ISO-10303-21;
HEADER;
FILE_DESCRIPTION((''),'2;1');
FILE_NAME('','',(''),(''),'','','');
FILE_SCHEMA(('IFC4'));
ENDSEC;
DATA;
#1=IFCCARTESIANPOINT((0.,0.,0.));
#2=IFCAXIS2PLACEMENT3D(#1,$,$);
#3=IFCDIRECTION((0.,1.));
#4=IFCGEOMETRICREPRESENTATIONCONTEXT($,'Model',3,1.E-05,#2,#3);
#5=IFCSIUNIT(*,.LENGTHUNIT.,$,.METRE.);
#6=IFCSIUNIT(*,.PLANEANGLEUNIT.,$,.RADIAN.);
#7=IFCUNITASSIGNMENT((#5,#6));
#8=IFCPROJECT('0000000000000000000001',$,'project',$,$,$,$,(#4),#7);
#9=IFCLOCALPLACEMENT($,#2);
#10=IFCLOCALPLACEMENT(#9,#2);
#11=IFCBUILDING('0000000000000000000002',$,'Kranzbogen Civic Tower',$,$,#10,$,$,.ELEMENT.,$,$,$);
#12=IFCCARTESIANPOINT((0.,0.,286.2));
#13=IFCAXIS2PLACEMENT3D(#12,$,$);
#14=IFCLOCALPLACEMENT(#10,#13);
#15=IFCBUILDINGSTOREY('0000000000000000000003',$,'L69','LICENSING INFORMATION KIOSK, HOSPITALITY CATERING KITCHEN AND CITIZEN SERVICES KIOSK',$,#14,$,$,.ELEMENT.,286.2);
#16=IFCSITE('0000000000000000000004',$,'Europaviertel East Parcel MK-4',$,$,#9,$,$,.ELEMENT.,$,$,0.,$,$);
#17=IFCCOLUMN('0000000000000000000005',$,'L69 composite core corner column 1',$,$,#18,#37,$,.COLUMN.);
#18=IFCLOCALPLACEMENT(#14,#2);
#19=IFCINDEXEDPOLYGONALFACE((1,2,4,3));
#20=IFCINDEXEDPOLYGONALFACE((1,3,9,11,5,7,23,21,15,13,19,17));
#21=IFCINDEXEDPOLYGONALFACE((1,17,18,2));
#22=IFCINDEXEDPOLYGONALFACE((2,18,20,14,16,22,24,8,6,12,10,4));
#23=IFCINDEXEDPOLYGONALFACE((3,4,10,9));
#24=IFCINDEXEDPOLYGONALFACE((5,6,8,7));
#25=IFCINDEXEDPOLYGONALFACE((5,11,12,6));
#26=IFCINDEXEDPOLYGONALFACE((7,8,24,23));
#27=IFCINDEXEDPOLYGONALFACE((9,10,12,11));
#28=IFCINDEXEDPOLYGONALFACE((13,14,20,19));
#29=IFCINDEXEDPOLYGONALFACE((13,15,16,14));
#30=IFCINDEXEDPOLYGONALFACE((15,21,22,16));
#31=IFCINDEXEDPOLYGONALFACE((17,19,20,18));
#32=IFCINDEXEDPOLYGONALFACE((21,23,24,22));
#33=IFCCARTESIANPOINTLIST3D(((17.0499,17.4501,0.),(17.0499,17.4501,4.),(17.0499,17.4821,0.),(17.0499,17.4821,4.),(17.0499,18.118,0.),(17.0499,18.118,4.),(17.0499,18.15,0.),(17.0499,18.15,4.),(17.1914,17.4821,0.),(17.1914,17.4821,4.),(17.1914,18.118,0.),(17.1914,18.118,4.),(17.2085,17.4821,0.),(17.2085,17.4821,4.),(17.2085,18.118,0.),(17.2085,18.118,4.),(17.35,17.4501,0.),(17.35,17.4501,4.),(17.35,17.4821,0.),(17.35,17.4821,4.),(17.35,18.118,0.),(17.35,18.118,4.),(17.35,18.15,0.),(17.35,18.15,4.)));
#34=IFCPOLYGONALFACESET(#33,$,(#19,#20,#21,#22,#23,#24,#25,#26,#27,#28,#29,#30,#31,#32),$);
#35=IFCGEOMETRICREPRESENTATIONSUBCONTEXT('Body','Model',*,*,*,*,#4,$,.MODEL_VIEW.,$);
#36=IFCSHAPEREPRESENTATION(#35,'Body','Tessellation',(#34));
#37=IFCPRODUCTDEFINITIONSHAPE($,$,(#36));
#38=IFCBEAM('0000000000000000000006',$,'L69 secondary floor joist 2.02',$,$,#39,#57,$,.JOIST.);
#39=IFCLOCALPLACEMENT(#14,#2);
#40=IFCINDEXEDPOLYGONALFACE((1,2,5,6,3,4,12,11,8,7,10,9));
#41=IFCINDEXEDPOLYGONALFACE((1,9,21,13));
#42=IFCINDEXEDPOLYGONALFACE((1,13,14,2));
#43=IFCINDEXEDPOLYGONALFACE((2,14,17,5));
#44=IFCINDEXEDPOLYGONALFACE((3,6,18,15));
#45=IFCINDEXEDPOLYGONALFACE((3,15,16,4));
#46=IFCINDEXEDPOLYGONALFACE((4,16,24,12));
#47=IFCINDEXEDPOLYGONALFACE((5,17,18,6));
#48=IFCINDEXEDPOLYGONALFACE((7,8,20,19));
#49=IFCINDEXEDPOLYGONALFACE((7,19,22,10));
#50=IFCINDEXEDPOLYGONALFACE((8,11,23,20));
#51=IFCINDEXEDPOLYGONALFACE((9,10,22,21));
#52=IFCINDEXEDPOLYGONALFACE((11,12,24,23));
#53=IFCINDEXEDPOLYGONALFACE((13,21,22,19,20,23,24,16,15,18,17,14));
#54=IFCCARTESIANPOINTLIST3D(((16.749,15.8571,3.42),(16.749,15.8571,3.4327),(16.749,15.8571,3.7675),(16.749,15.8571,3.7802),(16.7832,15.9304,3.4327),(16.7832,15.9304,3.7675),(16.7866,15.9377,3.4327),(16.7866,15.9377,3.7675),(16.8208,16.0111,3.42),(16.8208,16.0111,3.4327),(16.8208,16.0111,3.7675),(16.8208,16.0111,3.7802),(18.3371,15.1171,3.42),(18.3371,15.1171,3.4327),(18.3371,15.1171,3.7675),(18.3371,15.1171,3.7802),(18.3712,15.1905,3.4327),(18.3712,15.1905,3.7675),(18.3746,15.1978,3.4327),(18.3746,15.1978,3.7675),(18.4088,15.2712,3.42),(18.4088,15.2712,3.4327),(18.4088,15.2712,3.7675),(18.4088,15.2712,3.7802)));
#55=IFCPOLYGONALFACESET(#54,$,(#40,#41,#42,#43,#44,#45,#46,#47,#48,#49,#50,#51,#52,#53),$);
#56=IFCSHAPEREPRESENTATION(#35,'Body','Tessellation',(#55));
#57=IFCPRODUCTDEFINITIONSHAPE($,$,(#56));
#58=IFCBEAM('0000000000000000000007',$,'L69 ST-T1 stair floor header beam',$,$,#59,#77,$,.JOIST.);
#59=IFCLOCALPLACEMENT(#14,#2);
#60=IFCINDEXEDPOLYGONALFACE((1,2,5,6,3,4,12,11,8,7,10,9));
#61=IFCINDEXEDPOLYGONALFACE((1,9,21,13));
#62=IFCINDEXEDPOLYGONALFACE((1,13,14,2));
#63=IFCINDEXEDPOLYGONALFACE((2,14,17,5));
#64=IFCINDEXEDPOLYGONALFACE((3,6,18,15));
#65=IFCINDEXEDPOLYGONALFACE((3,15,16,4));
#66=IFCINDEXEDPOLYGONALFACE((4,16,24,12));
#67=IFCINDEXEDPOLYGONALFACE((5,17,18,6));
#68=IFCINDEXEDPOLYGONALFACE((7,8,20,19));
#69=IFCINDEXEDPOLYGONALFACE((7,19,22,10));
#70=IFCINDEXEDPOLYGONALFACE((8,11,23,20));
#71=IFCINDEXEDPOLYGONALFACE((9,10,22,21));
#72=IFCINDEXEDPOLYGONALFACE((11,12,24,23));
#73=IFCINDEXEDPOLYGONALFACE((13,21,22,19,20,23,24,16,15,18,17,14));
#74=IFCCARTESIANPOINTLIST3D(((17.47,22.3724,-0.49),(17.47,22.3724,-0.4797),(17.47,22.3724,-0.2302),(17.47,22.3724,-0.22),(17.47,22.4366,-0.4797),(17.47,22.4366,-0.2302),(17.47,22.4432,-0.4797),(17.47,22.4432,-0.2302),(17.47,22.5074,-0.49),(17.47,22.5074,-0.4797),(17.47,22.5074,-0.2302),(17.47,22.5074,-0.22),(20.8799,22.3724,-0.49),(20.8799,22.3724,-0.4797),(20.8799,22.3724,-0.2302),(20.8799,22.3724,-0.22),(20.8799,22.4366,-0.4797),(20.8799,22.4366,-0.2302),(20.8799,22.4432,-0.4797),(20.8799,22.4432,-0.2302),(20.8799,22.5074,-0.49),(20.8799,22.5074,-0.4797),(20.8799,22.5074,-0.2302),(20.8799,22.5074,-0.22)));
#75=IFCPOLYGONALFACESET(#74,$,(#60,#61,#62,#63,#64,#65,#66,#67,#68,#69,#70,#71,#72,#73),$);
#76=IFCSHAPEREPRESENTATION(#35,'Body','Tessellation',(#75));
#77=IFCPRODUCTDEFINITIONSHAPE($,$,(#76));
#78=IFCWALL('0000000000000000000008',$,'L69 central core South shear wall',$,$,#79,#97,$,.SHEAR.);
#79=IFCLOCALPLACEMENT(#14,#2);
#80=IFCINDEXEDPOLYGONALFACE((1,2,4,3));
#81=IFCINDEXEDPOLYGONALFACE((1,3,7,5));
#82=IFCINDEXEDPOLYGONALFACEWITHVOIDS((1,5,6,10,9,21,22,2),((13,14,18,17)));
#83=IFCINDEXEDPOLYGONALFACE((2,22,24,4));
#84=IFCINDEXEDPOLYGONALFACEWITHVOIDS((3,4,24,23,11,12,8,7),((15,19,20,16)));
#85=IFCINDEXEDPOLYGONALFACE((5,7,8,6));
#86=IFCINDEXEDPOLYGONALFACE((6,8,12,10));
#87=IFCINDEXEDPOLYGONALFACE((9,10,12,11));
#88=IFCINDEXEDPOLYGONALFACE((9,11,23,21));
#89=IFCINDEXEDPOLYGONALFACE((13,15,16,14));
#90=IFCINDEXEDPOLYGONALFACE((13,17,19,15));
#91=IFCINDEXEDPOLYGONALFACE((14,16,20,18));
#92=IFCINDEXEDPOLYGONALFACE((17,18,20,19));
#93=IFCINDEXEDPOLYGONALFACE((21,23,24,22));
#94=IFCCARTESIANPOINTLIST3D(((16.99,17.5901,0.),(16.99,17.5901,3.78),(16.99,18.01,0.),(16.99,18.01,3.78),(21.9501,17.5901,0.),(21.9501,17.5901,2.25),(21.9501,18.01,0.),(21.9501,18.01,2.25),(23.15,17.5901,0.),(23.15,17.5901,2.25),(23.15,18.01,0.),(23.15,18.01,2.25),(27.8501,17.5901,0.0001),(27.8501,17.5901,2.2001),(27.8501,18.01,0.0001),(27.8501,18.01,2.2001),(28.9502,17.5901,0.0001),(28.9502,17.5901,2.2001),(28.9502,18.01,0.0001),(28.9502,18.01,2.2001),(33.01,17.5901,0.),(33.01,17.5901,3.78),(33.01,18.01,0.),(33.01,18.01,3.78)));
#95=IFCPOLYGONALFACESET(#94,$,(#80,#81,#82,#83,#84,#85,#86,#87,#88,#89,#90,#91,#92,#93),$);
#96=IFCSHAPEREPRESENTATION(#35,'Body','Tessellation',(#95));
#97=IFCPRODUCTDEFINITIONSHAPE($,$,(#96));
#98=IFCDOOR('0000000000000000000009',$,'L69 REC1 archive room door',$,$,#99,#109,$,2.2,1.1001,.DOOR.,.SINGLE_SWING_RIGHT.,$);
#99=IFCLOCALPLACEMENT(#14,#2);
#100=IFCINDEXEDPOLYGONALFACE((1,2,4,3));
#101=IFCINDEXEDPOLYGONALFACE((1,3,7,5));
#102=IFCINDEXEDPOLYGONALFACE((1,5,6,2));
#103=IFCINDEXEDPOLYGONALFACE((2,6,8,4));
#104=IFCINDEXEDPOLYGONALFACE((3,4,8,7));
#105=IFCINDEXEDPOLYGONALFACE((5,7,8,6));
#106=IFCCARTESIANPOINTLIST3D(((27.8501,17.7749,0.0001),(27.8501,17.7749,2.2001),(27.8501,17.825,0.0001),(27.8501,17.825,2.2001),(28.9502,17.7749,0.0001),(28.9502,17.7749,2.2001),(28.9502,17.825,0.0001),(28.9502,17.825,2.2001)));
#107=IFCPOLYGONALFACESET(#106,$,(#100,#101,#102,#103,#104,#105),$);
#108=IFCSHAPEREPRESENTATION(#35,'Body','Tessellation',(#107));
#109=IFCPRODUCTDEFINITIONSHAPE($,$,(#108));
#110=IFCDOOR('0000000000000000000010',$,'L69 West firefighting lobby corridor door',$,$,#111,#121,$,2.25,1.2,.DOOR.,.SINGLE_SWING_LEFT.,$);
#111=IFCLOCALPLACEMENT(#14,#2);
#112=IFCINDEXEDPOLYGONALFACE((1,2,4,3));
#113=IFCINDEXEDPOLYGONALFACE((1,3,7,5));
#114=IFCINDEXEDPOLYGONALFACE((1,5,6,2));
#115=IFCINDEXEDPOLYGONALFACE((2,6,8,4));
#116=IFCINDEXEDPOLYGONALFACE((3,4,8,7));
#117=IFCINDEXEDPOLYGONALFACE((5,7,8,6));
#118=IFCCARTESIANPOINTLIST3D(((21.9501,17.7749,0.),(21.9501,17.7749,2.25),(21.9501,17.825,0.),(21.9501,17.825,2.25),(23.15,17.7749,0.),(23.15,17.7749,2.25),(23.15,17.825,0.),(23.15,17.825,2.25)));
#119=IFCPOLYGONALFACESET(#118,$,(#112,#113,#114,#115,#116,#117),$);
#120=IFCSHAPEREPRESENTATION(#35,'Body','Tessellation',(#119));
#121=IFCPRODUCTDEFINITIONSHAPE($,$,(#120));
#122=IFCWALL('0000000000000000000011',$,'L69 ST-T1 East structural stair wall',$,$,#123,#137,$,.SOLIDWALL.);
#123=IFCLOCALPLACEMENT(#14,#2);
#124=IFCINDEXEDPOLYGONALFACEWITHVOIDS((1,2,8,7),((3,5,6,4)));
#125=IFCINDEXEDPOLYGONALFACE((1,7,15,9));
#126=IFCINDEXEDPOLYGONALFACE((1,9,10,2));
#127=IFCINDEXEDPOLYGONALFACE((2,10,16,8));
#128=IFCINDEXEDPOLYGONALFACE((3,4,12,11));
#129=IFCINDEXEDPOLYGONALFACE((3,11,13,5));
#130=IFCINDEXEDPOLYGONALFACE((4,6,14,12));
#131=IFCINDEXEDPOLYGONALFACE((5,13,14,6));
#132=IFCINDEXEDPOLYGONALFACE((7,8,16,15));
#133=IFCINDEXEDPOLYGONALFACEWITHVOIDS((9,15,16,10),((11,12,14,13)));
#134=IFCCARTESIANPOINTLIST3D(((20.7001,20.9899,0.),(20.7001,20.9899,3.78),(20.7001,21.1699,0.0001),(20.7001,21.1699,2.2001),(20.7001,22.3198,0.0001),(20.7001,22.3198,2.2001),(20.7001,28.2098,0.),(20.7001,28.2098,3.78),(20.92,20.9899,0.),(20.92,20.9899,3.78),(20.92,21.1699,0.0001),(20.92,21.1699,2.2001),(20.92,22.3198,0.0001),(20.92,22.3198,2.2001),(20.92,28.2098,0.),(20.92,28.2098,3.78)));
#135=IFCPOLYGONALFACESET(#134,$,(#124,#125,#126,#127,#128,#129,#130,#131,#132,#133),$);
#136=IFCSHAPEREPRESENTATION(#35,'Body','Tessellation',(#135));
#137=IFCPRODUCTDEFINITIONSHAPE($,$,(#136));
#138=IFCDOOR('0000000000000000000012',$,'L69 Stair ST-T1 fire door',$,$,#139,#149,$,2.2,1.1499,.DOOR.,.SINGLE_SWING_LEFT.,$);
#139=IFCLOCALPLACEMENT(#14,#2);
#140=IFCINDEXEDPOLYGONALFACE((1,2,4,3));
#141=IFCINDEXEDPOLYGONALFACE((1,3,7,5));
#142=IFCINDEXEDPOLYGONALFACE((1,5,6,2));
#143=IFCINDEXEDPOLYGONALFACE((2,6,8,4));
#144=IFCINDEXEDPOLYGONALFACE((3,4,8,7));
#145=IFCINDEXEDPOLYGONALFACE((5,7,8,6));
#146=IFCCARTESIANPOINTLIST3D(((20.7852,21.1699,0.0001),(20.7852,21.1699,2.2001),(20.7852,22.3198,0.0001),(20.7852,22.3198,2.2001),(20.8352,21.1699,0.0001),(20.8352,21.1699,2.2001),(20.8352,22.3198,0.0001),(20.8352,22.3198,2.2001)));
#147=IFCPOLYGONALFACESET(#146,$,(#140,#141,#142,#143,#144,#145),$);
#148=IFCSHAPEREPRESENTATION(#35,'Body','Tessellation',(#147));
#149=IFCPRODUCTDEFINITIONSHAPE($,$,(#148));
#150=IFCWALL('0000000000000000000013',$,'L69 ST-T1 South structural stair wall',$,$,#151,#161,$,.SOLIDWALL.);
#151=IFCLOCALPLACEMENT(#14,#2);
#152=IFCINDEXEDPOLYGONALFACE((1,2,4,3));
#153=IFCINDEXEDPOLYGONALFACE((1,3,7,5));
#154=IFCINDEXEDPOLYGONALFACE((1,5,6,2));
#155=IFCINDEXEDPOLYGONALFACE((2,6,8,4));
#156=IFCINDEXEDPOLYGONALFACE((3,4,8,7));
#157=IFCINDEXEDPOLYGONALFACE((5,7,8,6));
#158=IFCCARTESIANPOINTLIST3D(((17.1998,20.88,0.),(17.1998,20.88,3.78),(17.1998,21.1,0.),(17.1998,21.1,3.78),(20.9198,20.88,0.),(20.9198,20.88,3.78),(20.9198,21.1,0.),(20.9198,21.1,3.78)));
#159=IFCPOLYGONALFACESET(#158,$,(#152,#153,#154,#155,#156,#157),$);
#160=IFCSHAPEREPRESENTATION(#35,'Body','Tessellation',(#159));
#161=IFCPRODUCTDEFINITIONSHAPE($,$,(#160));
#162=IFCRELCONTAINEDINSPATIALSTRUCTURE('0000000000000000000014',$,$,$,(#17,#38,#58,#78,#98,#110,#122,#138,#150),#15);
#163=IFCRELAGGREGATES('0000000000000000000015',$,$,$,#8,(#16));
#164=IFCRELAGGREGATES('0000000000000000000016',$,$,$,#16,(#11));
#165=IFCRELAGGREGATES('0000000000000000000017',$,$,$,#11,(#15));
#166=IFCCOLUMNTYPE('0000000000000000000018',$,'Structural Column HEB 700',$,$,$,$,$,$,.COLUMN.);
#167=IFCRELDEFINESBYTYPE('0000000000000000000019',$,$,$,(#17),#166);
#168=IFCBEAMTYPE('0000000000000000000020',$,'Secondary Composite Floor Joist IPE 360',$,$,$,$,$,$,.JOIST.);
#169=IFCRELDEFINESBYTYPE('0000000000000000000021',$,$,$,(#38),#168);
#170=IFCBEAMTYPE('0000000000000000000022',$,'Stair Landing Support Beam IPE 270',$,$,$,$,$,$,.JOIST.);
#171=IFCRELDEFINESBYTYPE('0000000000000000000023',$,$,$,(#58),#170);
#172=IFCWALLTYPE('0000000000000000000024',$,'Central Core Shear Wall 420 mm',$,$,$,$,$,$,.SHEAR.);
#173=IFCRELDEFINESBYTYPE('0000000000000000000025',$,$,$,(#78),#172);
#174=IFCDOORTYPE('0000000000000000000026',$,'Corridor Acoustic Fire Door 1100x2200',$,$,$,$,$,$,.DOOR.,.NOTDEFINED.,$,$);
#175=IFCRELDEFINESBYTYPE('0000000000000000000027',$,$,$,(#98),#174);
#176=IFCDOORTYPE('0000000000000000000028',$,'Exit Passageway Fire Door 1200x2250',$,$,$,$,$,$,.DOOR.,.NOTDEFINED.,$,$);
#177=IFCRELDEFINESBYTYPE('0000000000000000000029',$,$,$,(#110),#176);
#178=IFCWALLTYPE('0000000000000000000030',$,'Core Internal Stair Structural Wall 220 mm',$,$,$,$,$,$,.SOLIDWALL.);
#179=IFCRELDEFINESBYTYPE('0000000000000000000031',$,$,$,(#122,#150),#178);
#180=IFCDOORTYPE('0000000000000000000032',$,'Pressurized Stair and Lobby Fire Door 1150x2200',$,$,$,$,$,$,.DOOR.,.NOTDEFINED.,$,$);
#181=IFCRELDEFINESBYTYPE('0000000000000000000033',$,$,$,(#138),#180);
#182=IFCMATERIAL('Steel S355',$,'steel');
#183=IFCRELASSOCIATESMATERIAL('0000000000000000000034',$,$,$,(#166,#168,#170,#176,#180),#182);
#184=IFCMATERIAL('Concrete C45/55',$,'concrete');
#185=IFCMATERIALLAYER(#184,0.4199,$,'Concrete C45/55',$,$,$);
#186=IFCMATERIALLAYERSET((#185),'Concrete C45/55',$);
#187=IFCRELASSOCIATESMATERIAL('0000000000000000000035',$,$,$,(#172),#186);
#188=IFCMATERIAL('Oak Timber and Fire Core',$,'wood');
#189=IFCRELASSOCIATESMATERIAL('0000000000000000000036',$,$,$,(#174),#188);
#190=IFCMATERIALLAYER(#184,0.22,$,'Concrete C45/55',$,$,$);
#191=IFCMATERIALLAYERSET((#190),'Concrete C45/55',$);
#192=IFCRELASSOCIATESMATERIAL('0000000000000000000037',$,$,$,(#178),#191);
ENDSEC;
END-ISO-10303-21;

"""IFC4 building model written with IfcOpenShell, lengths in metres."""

from ifc_helpers import new_model, si_unit, direction, frame, frame_2d, origin, origin_2d, place, context, subcontext, project, spatial, rectangle, i_section, extrude, material, layer, layer_set, material_profile, profile_set, type_object, element, fill, save


model = new_model("IFC4")

# Units and contexts
model_context = context("Model", 3, precision=1e-05, world=origin(), true_north=direction((0.0, 1.0)))
body_context = subcontext(model_context, "Body", "Model", "MODEL_VIEW")
ifc_project = project(units=[si_unit("LENGTHUNIT", "METRE"), si_unit("PLANEANGLEUNIT", "RADIAN")], contexts=[model_context])

# Site, building, storey
site_placement = place(None, origin())
site = spatial("IfcSite", under=ifc_project, at=site_placement, Name="Europaviertel East Parcel MK-4", CompositionType="ELEMENT", RefElevation=0.0)
building_placement = place(site_placement, origin())
building = spatial("IfcBuilding", under=site, at=building_placement, Name="Kranzbogen Civic Tower", CompositionType="ELEMENT")
storey_placement = place(building_placement, frame((0.0, 0.0, 286.2)))
storey = spatial("IfcBuildingStorey", under=building, at=storey_placement, Name="L69", Description="LICENSING INFORMATION KIOSK, HOSPITALITY CATERING KITCHEN AND CITIZEN SERVICES KIOSK", CompositionType="ELEMENT", Elevation=286.2)

# Column
ifc_material_1 = material(Name="Steel S355", Category="steel")
ifc_material_profile_1 = material_profile(ifc_material_1, i_section(OverallWidth=0.3, OverallDepth=0.7, WebThickness=0.0171, FlangeThickness=0.032, at=origin_2d()), Name="HEB 700")
ifc_profile_set_1 = profile_set([ifc_material_profile_1], Name="Steel S355")
column_type = type_object("IfcColumnType", Name="Structural Column HEB 700", PredefinedType="COLUMN", material=ifc_profile_set_1)
column_placement = place(storey_placement, frame((17.2, 17.8, 0.0), z_axis=(0.0, 0.0, 1.0), x_axis=(1.0, 0.0, 0.0)))
element("IfcColumn", 1, at=column_placement, inside=storey, type_object=column_type, Name="L69 composite core corner column 1", PredefinedType="COLUMN", context=body_context, shape_type="SweptSolid", body=[
    extrude(i_section(OverallWidth=0.3, OverallDepth=0.7, WebThickness=0.0171, FlangeThickness=0.032, at=origin_2d()), origin(), (0.0, 0.0, 1.0), 4.0),
])

# Beams
ifc_material_profile_2 = material_profile(ifc_material_1, i_section(OverallWidth=0.1699, OverallDepth=0.3601, WebThickness=0.0081, FlangeThickness=0.0127, at=origin_2d()), Name="IPE 360")
ifc_profile_set_2 = profile_set([ifc_material_profile_2], Name="Steel S355")
beam_type_1 = type_object("IfcBeamType", Name="Secondary Composite Floor Joist IPE 360", PredefinedType="JOIST", material=ifc_profile_set_2)
beam_1_placement = place(storey_placement, frame((16.7849, 15.9341, 3.6001), z_axis=(0.906432, -0.422351, 0.0), x_axis=(0.422351, 0.906432, 0.0)))
element("IfcBeam", 2, at=beam_1_placement, inside=storey, type_object=beam_type_1, Name="L69 secondary floor joist 2.02", PredefinedType="JOIST", context=body_context, shape_type="SweptSolid", body=[
    extrude(i_section(OverallWidth=0.1699, OverallDepth=0.3601, WebThickness=0.0081, FlangeThickness=0.0127, at=origin_2d()), origin(), (0.0, 0.0, 1.0), 1.752),
])
ifc_material_profile_3 = material_profile(ifc_material_1, i_section(OverallWidth=0.135, OverallDepth=0.27, WebThickness=0.0066, FlangeThickness=0.0103, at=origin_2d()), Name="IPE 270")
ifc_profile_set_3 = profile_set([ifc_material_profile_3], Name="Steel S355")
beam_type_2 = type_object("IfcBeamType", Name="Stair Landing Support Beam IPE 270", PredefinedType="JOIST", material=ifc_profile_set_3)
beam_2_placement = place(storey_placement, frame((20.8799, 22.4399, -0.355), z_axis=(-1.0, 0.0, 0.0), x_axis=(0.0, -1.0, 0.0)))
element("IfcBeam", 3, at=beam_2_placement, inside=storey, type_object=beam_type_2, Name="L69 ST-T1 stair floor header beam", PredefinedType="JOIST", context=body_context, shape_type="SweptSolid", body=[
    extrude(i_section(OverallWidth=0.135, OverallDepth=0.27, WebThickness=0.0066, FlangeThickness=0.0103, at=origin_2d()), origin(), (0.0, 0.0, 1.0), 3.4099),
])

# Wall, openings, doors
ifc_material_2 = material(Name="Concrete C45/55", Category="concrete")
ifc_layer_1 = layer(ifc_material_2, 0.4199, Name="Concrete C45/55")
ifc_layer_set_1 = layer_set([ifc_layer_1], Name="Concrete C45/55")
wall_type_1 = type_object("IfcWallType", Name="Central Core Shear Wall 420 mm", PredefinedType="SHEAR", material=ifc_layer_set_1)
wall_1_placement = place(storey_placement, frame((16.99, 17.8, 0.0), z_axis=(0.0, 0.0, 1.0), x_axis=(1.0, 0.0, 0.0)))
wall_1 = element("IfcWall", 4, at=wall_1_placement, inside=storey, type_object=wall_type_1, Name="L69 central core South shear wall", PredefinedType="SHEAR", context=body_context, shape_type="SweptSolid", body=[
    extrude(rectangle(XDim=16.02, YDim=0.4199, at=frame_2d((8.01, 0.0))), origin(), (0.0, 0.0, 1.0), 3.78),
])
opening_1_placement = place(wall_1_placement, frame((4.96, 0.0, 0.0)))
opening_1 = element("IfcOpeningElement", 5, at=opening_1_placement, cuts=wall_1, PredefinedType="OPENING", context=body_context, shape_type="SweptSolid", body=[
    extrude(rectangle(XDim=1.2, YDim=2.25, at=frame_2d((0.6001, 1.125))), frame((0.0, 0.22, 0.0), z_axis=(0.0, -1.0, 0.0), x_axis=(1.0, 0.0, 0.0)), (0.0, 0.0, 1.0), 0.4399),
])
opening_2_placement = place(wall_1_placement, frame((10.8601, 0.0, 0.0)))
opening_2 = element("IfcOpeningElement", 6, at=opening_2_placement, cuts=wall_1, PredefinedType="OPENING", context=body_context, shape_type="SweptSolid", body=[
    extrude(rectangle(XDim=1.1001, YDim=2.2, at=frame_2d((0.55, 1.1001))), frame((0.0, 0.22, 0.0), z_axis=(0.0, -1.0, 0.0), x_axis=(1.0, 0.0, 0.0)), (0.0, 0.0, 1.0), 0.4399),
])
ifc_material_3 = material(Name="Oak Timber and Fire Core", Category="wood")
door_type_1 = type_object("IfcDoorType", Name="Corridor Acoustic Fire Door 1100x2200", OperationType="NOTDEFINED", PredefinedType="DOOR", material=ifc_material_3)
door_1_placement = place(opening_2_placement, origin())
door_1 = element("IfcDoor", 7, at=door_1_placement, inside=storey, type_object=door_type_1, Name="L69 REC1 archive room door", OperationType="SINGLE_SWING_RIGHT", OverallHeight=2.2, OverallWidth=1.1001, PredefinedType="DOOR", context=body_context, shape_type="SweptSolid", body=[
    extrude(rectangle(XDim=1.1001, YDim=2.2, at=frame_2d((0.55, 1.1001))), frame((0.0, 0.0249, 0.0), z_axis=(0.0, -1.0, 0.0), x_axis=(1.0, 0.0, 0.0)), (0.0, 0.0, 1.0), 0.05),
])
fill(opening_2, door_1)
door_type_2 = type_object("IfcDoorType", Name="Exit Passageway Fire Door 1200x2250", OperationType="NOTDEFINED", PredefinedType="DOOR", material=ifc_material_1)
door_2_placement = place(opening_1_placement, origin())
door_2 = element("IfcDoor", 8, at=door_2_placement, inside=storey, type_object=door_type_2, Name="L69 West firefighting lobby corridor door", OperationType="SINGLE_SWING_LEFT", OverallHeight=2.25, OverallWidth=1.2, PredefinedType="DOOR", context=body_context, shape_type="SweptSolid", body=[
    extrude(rectangle(XDim=1.2, YDim=2.25, at=frame_2d((0.6001, 1.125))), frame((0.0, 0.0249, 0.0), z_axis=(0.0, -1.0, 0.0), x_axis=(1.0, 0.0, 0.0)), (0.0, 0.0, 1.0), 0.05),
])
fill(opening_1, door_2)

# Wall, opening, door
ifc_layer_2 = layer(ifc_material_2, 0.22, Name="Concrete C45/55")
ifc_layer_set_2 = layer_set([ifc_layer_2], Name="Concrete C45/55")
wall_type_2 = type_object("IfcWallType", Name="Core Internal Stair Structural Wall 220 mm", PredefinedType="SOLIDWALL", material=ifc_layer_set_2)
wall_2_placement = place(storey_placement, frame((20.8101, 20.99, 0.0), z_axis=(0.0, 0.0, 1.0), x_axis=(0.0, 1.0, 0.0)))
wall_2 = element("IfcWall", 9, at=wall_2_placement, inside=storey, type_object=wall_type_2, Name="L69 ST-T1 East structural stair wall", PredefinedType="SOLIDWALL", context=body_context, shape_type="SweptSolid", body=[
    extrude(rectangle(XDim=7.22, YDim=0.22, at=frame_2d((3.6099, 0.0))), origin(), (0.0, 0.0, 1.0), 3.78),
])
opening_3_placement = place(wall_2_placement, frame((0.1799, 0.0, 0.0)))
opening_3 = element("IfcOpeningElement", 10, at=opening_3_placement, cuts=wall_2, PredefinedType="OPENING", context=body_context, shape_type="SweptSolid", body=[
    extrude(rectangle(XDim=1.1499, YDim=2.2, at=frame_2d((0.575, 1.1001))), frame((0.0, 0.1201, 0.0), z_axis=(0.0, -1.0, 0.0), x_axis=(1.0, 0.0, 0.0)), (0.0, 0.0, 1.0), 0.24),
])
door_type_3 = type_object("IfcDoorType", Name="Pressurized Stair and Lobby Fire Door 1150x2200", OperationType="NOTDEFINED", PredefinedType="DOOR", material=ifc_material_1)
door_3_placement = place(opening_3_placement, origin())
door_3 = element("IfcDoor", 11, at=door_3_placement, inside=storey, type_object=door_type_3, Name="L69 Stair ST-T1 fire door", OperationType="SINGLE_SWING_LEFT", OverallHeight=2.2, OverallWidth=1.1499, PredefinedType="DOOR", context=body_context, shape_type="SweptSolid", body=[
    extrude(rectangle(XDim=1.1499, YDim=2.2, at=frame_2d((0.575, 1.1001))), frame((0.0, 0.0249, 0.0), z_axis=(0.0, -1.0, 0.0), x_axis=(1.0, 0.0, 0.0)), (0.0, 0.0, 1.0), 0.05),
])
fill(opening_3, door_3)

# Wall
wall_3_placement = place(storey_placement, frame((17.2, 20.99, 0.0), z_axis=(0.0, 0.0, 1.0), x_axis=(1.0, 0.0, 0.0)))
element("IfcWall", 12, at=wall_3_placement, inside=storey, type_object=wall_type_2, Name="L69 ST-T1 South structural stair wall", PredefinedType="SOLIDWALL", context=body_context, shape_type="SweptSolid", body=[
    extrude(rectangle(XDim=3.72, YDim=0.22, at=frame_2d((1.8599, 0.0))), origin(), (0.0, 0.0, 1.0), 3.78),
])

save(model, "model.ifc")
